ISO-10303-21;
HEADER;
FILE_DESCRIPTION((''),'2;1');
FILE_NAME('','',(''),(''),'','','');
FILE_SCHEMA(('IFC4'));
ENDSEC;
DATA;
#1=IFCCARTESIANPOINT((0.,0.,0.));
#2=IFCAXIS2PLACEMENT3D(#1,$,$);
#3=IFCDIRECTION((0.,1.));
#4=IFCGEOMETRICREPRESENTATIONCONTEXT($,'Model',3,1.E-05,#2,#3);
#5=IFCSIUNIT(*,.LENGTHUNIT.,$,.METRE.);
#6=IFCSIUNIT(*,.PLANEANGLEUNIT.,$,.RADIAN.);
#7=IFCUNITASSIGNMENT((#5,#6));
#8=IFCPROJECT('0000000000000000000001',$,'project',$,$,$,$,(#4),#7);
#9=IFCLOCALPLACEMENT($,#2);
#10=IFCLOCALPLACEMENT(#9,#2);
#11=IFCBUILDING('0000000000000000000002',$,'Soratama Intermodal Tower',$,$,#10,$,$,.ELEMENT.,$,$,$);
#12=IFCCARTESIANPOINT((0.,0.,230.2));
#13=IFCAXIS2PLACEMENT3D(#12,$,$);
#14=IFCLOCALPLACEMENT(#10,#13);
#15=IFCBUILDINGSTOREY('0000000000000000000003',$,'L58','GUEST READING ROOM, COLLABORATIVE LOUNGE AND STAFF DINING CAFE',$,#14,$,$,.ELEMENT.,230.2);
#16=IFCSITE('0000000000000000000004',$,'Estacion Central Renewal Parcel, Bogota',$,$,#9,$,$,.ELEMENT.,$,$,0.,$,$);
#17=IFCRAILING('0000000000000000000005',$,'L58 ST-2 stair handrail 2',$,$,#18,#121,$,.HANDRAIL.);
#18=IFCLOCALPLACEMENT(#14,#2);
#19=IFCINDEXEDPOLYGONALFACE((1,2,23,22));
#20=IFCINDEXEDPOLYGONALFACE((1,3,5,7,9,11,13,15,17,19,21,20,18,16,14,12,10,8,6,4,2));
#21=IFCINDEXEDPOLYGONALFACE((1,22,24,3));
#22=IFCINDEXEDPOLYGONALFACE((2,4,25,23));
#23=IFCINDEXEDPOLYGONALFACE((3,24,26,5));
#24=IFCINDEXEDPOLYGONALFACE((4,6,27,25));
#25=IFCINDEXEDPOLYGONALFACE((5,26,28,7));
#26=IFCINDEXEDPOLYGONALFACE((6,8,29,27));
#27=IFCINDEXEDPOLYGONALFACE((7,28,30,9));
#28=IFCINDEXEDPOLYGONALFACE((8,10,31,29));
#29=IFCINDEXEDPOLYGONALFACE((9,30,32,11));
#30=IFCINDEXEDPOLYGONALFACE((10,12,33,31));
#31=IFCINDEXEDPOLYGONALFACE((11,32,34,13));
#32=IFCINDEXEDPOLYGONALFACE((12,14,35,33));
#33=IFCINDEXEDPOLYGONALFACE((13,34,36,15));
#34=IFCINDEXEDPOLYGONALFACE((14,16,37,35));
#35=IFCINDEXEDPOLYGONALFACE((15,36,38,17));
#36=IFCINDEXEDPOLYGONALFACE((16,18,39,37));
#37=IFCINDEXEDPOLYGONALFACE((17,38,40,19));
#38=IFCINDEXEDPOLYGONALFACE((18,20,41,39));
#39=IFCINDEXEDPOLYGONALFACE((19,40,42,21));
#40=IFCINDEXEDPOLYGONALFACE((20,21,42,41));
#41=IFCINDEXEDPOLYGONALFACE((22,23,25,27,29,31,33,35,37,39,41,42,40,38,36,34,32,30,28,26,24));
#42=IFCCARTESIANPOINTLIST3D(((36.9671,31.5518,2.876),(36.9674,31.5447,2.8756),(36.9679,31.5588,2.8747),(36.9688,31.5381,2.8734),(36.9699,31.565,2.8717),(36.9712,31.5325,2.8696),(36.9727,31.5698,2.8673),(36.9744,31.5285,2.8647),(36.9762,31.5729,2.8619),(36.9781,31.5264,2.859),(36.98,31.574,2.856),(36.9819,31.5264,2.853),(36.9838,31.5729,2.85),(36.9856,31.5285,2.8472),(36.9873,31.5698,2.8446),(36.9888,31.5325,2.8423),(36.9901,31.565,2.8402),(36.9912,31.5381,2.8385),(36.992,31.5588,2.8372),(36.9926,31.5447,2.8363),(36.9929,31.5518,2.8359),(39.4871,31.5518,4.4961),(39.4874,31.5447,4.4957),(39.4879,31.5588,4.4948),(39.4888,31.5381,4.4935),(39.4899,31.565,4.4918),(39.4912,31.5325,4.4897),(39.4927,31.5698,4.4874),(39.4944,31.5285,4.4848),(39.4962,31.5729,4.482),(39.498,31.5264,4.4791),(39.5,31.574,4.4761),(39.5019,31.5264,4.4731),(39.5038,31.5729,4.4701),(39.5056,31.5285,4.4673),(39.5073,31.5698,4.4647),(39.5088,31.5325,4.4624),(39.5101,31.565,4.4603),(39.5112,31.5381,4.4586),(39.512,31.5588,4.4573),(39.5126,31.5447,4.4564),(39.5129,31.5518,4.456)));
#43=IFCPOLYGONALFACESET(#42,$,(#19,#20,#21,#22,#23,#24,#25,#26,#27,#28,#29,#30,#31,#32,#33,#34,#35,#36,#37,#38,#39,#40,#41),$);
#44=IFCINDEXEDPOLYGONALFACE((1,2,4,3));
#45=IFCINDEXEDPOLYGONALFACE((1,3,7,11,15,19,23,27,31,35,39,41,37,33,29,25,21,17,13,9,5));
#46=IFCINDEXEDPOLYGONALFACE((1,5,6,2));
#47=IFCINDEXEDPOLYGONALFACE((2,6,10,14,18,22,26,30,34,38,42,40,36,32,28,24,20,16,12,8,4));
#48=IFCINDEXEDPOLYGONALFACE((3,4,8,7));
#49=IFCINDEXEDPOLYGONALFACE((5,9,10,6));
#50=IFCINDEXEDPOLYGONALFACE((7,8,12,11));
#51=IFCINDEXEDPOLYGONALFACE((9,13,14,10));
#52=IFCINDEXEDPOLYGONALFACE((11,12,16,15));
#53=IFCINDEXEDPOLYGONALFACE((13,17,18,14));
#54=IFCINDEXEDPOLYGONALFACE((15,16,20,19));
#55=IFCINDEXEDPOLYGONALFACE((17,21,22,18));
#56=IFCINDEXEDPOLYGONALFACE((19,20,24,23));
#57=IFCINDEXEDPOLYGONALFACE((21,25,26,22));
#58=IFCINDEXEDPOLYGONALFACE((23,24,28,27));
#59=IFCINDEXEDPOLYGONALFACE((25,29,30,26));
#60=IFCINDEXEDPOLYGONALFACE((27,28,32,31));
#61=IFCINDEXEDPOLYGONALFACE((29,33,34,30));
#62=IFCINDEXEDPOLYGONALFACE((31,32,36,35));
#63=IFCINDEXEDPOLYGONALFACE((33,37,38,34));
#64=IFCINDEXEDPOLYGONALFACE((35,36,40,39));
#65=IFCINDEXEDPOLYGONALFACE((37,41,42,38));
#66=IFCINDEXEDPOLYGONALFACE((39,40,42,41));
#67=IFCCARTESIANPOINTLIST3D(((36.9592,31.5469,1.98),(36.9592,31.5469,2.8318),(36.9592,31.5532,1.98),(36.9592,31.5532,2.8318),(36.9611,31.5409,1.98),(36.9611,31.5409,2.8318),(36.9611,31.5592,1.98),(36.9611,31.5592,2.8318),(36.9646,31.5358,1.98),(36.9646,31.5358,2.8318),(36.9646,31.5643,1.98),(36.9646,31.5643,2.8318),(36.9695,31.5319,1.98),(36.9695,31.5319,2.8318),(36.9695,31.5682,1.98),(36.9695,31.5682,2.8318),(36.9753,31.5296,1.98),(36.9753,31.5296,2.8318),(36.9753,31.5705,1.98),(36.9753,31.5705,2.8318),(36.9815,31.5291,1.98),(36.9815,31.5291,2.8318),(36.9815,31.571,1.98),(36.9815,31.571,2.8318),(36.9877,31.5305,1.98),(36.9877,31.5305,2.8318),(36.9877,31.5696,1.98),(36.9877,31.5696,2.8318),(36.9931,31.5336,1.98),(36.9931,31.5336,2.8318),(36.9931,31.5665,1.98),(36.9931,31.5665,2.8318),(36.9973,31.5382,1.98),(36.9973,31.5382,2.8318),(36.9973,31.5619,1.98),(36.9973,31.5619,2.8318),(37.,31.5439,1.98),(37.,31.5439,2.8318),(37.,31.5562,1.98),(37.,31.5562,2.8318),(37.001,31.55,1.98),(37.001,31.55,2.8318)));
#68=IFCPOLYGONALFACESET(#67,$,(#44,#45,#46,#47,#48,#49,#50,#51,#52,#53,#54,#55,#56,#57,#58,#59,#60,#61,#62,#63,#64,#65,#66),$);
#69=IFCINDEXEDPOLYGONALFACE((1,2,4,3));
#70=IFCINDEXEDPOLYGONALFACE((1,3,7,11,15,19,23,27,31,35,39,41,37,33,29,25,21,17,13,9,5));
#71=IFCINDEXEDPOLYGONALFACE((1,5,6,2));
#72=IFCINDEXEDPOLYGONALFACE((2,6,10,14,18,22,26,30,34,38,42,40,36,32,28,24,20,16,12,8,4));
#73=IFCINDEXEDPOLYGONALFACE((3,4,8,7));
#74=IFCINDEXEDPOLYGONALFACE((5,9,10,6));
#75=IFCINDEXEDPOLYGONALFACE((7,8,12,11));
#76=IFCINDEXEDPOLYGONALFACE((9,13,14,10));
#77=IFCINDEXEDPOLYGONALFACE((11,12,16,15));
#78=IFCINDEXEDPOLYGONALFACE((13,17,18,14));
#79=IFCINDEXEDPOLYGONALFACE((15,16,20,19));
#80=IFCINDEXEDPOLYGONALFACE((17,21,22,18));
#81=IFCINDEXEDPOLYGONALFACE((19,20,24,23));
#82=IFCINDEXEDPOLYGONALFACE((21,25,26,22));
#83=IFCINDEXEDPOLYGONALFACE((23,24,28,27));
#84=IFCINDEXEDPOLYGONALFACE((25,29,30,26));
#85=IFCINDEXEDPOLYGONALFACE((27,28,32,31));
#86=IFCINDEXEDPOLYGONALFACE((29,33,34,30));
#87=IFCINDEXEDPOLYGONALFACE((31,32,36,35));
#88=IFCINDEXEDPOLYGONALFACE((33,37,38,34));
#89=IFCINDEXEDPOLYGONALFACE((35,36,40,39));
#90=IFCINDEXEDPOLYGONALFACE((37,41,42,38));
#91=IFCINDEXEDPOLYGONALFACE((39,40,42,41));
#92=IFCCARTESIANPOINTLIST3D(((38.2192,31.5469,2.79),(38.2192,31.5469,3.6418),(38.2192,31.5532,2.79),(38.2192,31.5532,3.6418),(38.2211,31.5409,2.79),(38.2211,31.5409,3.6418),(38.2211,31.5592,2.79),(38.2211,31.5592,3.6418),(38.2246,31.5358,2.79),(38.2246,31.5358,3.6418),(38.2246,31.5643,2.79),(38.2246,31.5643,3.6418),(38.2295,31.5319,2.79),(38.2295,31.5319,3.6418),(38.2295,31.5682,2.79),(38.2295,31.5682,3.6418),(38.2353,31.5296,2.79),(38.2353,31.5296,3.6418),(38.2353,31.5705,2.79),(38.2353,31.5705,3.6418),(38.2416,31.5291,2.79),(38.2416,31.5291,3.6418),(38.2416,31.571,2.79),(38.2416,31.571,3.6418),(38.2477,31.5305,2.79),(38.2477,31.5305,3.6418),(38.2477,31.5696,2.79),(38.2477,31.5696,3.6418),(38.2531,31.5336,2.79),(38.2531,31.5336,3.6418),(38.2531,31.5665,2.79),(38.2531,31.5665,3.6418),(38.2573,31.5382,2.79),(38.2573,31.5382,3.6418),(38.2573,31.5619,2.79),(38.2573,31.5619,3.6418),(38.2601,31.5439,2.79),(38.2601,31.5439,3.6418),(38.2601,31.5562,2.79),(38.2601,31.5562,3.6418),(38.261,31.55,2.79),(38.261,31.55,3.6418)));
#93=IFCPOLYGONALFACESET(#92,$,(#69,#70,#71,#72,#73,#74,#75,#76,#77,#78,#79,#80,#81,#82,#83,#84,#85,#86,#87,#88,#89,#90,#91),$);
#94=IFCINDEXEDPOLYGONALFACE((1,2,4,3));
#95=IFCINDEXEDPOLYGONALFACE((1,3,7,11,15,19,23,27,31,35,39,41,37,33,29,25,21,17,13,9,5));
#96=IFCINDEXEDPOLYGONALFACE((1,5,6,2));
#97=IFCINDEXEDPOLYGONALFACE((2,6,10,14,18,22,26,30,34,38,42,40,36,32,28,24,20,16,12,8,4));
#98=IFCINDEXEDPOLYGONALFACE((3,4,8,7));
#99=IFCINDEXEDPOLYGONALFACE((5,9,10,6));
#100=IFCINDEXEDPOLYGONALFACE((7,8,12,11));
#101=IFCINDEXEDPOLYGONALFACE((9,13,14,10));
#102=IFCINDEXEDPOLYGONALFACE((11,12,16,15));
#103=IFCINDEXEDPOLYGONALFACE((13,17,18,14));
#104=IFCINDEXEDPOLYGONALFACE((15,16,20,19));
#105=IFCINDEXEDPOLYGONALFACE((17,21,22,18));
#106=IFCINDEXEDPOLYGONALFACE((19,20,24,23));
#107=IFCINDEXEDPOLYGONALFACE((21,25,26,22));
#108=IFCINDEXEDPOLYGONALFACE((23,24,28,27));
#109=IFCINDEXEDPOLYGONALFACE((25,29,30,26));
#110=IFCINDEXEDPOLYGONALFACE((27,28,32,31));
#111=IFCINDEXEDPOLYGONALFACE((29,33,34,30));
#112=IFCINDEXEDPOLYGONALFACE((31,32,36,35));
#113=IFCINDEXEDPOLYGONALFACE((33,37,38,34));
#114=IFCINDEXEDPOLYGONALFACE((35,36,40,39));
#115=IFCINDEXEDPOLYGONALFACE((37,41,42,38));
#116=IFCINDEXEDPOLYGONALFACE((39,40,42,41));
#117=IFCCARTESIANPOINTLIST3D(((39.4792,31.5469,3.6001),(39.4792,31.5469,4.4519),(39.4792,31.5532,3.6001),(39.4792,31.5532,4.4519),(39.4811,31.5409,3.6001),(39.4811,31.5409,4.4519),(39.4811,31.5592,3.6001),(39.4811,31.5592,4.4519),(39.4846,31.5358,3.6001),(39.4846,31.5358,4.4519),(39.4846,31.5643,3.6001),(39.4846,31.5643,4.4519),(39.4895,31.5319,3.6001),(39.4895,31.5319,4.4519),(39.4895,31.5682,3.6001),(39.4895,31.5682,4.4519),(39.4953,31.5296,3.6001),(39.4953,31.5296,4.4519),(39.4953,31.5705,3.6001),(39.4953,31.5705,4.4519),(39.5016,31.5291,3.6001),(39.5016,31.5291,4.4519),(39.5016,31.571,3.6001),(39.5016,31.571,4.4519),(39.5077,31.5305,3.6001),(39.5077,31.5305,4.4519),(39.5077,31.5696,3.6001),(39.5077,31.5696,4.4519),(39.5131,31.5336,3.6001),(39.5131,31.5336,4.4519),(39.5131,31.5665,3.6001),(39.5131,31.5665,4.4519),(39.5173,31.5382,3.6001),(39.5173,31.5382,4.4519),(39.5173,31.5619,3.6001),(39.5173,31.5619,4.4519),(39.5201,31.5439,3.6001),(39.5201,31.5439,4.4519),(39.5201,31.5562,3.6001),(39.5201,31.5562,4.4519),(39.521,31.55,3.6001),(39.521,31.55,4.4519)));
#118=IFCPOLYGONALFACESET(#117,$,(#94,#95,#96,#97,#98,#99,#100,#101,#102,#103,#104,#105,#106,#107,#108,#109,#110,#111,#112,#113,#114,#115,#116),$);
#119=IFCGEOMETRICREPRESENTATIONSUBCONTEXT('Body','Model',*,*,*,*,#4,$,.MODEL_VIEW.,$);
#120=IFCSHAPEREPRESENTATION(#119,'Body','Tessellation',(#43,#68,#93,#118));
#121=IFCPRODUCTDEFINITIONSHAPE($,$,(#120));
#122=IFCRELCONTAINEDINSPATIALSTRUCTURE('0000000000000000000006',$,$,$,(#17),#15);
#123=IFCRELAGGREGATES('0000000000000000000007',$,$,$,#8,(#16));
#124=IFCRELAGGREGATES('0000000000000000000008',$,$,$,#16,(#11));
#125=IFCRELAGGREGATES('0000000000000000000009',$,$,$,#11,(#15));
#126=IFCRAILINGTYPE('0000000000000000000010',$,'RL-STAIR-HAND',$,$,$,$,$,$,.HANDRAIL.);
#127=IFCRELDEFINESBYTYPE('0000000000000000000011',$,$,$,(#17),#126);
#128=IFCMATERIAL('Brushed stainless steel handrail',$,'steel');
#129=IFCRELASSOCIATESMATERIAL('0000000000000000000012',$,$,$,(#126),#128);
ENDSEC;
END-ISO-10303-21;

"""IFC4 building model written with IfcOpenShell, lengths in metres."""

from ifc_helpers import new_model, si_unit, direction, frame, origin, origin_2d, place, context, subcontext, project, spatial, circle, extrude, material, type_object, element, save


model = new_model("IFC4")

# Units and contexts
model_context = context("Model", 3, precision=1e-05, world=origin(), true_north=direction((0.0, 1.0)))
body_context = subcontext(model_context, "Body", "Model", "MODEL_VIEW")
ifc_project = project(units=[si_unit("LENGTHUNIT", "METRE"), si_unit("PLANEANGLEUNIT", "RADIAN")], contexts=[model_context])

# Site, building, storey
site_placement = place(None, origin())
site = spatial("IfcSite", under=ifc_project, at=site_placement, Name="Estacion Central Renewal Parcel, Bogota", CompositionType="ELEMENT", RefElevation=0.0)
building_placement = place(site_placement, origin())
building = spatial("IfcBuilding", under=site, at=building_placement, Name="Soratama Intermodal Tower", CompositionType="ELEMENT")
storey_placement = place(building_placement, frame((0.0, 0.0, 230.2)))
storey = spatial("IfcBuildingStorey", under=building, at=storey_placement, Name="L58", Description="GUEST READING ROOM, COLLABORATIVE LOUNGE AND STAFF DINING CAFE", CompositionType="ELEMENT", Elevation=230.2)

# Railing
ifc_material_1 = material(Name="Brushed stainless steel handrail", Category="steel")
railing_type_1 = type_object("IfcRailingType", Name="RL-STAIR-HAND", PredefinedType="HANDRAIL", material=ifc_material_1)
railing_1_placement = place(storey_placement, frame((36.98, 31.55, 1.98)))
element("IfcRailing", 1, at=railing_1_placement, inside=storey, type_object=railing_type_1, Name="L58 ST-2 stair handrail 2", PredefinedType="HANDRAIL", context=body_context, shape_type="SweptSolid", body=[
    extrude(circle(Radius=0.0239, at=origin_2d()), frame((0.0, 0.0, 0.876), z_axis=(0.841163, 0.0, 0.540782), x_axis=(0.0, 1.0, 0.0)), (0.0, 0.0, 1.0), 2.9958),
    extrude(circle(Radius=0.021, at=origin_2d()), origin(), (0.0, 0.0, 1.0), 0.8518),
    extrude(circle(Radius=0.021, at=origin_2d()), frame((1.26, 0.0, 0.8101)), (0.0, 0.0, 1.0), 0.8518),
    extrude(circle(Radius=0.021, at=origin_2d()), frame((2.52, 0.0, 1.6201)), (0.0, 0.0, 1.0), 0.8518),
])

save(model, "model.ifc")
